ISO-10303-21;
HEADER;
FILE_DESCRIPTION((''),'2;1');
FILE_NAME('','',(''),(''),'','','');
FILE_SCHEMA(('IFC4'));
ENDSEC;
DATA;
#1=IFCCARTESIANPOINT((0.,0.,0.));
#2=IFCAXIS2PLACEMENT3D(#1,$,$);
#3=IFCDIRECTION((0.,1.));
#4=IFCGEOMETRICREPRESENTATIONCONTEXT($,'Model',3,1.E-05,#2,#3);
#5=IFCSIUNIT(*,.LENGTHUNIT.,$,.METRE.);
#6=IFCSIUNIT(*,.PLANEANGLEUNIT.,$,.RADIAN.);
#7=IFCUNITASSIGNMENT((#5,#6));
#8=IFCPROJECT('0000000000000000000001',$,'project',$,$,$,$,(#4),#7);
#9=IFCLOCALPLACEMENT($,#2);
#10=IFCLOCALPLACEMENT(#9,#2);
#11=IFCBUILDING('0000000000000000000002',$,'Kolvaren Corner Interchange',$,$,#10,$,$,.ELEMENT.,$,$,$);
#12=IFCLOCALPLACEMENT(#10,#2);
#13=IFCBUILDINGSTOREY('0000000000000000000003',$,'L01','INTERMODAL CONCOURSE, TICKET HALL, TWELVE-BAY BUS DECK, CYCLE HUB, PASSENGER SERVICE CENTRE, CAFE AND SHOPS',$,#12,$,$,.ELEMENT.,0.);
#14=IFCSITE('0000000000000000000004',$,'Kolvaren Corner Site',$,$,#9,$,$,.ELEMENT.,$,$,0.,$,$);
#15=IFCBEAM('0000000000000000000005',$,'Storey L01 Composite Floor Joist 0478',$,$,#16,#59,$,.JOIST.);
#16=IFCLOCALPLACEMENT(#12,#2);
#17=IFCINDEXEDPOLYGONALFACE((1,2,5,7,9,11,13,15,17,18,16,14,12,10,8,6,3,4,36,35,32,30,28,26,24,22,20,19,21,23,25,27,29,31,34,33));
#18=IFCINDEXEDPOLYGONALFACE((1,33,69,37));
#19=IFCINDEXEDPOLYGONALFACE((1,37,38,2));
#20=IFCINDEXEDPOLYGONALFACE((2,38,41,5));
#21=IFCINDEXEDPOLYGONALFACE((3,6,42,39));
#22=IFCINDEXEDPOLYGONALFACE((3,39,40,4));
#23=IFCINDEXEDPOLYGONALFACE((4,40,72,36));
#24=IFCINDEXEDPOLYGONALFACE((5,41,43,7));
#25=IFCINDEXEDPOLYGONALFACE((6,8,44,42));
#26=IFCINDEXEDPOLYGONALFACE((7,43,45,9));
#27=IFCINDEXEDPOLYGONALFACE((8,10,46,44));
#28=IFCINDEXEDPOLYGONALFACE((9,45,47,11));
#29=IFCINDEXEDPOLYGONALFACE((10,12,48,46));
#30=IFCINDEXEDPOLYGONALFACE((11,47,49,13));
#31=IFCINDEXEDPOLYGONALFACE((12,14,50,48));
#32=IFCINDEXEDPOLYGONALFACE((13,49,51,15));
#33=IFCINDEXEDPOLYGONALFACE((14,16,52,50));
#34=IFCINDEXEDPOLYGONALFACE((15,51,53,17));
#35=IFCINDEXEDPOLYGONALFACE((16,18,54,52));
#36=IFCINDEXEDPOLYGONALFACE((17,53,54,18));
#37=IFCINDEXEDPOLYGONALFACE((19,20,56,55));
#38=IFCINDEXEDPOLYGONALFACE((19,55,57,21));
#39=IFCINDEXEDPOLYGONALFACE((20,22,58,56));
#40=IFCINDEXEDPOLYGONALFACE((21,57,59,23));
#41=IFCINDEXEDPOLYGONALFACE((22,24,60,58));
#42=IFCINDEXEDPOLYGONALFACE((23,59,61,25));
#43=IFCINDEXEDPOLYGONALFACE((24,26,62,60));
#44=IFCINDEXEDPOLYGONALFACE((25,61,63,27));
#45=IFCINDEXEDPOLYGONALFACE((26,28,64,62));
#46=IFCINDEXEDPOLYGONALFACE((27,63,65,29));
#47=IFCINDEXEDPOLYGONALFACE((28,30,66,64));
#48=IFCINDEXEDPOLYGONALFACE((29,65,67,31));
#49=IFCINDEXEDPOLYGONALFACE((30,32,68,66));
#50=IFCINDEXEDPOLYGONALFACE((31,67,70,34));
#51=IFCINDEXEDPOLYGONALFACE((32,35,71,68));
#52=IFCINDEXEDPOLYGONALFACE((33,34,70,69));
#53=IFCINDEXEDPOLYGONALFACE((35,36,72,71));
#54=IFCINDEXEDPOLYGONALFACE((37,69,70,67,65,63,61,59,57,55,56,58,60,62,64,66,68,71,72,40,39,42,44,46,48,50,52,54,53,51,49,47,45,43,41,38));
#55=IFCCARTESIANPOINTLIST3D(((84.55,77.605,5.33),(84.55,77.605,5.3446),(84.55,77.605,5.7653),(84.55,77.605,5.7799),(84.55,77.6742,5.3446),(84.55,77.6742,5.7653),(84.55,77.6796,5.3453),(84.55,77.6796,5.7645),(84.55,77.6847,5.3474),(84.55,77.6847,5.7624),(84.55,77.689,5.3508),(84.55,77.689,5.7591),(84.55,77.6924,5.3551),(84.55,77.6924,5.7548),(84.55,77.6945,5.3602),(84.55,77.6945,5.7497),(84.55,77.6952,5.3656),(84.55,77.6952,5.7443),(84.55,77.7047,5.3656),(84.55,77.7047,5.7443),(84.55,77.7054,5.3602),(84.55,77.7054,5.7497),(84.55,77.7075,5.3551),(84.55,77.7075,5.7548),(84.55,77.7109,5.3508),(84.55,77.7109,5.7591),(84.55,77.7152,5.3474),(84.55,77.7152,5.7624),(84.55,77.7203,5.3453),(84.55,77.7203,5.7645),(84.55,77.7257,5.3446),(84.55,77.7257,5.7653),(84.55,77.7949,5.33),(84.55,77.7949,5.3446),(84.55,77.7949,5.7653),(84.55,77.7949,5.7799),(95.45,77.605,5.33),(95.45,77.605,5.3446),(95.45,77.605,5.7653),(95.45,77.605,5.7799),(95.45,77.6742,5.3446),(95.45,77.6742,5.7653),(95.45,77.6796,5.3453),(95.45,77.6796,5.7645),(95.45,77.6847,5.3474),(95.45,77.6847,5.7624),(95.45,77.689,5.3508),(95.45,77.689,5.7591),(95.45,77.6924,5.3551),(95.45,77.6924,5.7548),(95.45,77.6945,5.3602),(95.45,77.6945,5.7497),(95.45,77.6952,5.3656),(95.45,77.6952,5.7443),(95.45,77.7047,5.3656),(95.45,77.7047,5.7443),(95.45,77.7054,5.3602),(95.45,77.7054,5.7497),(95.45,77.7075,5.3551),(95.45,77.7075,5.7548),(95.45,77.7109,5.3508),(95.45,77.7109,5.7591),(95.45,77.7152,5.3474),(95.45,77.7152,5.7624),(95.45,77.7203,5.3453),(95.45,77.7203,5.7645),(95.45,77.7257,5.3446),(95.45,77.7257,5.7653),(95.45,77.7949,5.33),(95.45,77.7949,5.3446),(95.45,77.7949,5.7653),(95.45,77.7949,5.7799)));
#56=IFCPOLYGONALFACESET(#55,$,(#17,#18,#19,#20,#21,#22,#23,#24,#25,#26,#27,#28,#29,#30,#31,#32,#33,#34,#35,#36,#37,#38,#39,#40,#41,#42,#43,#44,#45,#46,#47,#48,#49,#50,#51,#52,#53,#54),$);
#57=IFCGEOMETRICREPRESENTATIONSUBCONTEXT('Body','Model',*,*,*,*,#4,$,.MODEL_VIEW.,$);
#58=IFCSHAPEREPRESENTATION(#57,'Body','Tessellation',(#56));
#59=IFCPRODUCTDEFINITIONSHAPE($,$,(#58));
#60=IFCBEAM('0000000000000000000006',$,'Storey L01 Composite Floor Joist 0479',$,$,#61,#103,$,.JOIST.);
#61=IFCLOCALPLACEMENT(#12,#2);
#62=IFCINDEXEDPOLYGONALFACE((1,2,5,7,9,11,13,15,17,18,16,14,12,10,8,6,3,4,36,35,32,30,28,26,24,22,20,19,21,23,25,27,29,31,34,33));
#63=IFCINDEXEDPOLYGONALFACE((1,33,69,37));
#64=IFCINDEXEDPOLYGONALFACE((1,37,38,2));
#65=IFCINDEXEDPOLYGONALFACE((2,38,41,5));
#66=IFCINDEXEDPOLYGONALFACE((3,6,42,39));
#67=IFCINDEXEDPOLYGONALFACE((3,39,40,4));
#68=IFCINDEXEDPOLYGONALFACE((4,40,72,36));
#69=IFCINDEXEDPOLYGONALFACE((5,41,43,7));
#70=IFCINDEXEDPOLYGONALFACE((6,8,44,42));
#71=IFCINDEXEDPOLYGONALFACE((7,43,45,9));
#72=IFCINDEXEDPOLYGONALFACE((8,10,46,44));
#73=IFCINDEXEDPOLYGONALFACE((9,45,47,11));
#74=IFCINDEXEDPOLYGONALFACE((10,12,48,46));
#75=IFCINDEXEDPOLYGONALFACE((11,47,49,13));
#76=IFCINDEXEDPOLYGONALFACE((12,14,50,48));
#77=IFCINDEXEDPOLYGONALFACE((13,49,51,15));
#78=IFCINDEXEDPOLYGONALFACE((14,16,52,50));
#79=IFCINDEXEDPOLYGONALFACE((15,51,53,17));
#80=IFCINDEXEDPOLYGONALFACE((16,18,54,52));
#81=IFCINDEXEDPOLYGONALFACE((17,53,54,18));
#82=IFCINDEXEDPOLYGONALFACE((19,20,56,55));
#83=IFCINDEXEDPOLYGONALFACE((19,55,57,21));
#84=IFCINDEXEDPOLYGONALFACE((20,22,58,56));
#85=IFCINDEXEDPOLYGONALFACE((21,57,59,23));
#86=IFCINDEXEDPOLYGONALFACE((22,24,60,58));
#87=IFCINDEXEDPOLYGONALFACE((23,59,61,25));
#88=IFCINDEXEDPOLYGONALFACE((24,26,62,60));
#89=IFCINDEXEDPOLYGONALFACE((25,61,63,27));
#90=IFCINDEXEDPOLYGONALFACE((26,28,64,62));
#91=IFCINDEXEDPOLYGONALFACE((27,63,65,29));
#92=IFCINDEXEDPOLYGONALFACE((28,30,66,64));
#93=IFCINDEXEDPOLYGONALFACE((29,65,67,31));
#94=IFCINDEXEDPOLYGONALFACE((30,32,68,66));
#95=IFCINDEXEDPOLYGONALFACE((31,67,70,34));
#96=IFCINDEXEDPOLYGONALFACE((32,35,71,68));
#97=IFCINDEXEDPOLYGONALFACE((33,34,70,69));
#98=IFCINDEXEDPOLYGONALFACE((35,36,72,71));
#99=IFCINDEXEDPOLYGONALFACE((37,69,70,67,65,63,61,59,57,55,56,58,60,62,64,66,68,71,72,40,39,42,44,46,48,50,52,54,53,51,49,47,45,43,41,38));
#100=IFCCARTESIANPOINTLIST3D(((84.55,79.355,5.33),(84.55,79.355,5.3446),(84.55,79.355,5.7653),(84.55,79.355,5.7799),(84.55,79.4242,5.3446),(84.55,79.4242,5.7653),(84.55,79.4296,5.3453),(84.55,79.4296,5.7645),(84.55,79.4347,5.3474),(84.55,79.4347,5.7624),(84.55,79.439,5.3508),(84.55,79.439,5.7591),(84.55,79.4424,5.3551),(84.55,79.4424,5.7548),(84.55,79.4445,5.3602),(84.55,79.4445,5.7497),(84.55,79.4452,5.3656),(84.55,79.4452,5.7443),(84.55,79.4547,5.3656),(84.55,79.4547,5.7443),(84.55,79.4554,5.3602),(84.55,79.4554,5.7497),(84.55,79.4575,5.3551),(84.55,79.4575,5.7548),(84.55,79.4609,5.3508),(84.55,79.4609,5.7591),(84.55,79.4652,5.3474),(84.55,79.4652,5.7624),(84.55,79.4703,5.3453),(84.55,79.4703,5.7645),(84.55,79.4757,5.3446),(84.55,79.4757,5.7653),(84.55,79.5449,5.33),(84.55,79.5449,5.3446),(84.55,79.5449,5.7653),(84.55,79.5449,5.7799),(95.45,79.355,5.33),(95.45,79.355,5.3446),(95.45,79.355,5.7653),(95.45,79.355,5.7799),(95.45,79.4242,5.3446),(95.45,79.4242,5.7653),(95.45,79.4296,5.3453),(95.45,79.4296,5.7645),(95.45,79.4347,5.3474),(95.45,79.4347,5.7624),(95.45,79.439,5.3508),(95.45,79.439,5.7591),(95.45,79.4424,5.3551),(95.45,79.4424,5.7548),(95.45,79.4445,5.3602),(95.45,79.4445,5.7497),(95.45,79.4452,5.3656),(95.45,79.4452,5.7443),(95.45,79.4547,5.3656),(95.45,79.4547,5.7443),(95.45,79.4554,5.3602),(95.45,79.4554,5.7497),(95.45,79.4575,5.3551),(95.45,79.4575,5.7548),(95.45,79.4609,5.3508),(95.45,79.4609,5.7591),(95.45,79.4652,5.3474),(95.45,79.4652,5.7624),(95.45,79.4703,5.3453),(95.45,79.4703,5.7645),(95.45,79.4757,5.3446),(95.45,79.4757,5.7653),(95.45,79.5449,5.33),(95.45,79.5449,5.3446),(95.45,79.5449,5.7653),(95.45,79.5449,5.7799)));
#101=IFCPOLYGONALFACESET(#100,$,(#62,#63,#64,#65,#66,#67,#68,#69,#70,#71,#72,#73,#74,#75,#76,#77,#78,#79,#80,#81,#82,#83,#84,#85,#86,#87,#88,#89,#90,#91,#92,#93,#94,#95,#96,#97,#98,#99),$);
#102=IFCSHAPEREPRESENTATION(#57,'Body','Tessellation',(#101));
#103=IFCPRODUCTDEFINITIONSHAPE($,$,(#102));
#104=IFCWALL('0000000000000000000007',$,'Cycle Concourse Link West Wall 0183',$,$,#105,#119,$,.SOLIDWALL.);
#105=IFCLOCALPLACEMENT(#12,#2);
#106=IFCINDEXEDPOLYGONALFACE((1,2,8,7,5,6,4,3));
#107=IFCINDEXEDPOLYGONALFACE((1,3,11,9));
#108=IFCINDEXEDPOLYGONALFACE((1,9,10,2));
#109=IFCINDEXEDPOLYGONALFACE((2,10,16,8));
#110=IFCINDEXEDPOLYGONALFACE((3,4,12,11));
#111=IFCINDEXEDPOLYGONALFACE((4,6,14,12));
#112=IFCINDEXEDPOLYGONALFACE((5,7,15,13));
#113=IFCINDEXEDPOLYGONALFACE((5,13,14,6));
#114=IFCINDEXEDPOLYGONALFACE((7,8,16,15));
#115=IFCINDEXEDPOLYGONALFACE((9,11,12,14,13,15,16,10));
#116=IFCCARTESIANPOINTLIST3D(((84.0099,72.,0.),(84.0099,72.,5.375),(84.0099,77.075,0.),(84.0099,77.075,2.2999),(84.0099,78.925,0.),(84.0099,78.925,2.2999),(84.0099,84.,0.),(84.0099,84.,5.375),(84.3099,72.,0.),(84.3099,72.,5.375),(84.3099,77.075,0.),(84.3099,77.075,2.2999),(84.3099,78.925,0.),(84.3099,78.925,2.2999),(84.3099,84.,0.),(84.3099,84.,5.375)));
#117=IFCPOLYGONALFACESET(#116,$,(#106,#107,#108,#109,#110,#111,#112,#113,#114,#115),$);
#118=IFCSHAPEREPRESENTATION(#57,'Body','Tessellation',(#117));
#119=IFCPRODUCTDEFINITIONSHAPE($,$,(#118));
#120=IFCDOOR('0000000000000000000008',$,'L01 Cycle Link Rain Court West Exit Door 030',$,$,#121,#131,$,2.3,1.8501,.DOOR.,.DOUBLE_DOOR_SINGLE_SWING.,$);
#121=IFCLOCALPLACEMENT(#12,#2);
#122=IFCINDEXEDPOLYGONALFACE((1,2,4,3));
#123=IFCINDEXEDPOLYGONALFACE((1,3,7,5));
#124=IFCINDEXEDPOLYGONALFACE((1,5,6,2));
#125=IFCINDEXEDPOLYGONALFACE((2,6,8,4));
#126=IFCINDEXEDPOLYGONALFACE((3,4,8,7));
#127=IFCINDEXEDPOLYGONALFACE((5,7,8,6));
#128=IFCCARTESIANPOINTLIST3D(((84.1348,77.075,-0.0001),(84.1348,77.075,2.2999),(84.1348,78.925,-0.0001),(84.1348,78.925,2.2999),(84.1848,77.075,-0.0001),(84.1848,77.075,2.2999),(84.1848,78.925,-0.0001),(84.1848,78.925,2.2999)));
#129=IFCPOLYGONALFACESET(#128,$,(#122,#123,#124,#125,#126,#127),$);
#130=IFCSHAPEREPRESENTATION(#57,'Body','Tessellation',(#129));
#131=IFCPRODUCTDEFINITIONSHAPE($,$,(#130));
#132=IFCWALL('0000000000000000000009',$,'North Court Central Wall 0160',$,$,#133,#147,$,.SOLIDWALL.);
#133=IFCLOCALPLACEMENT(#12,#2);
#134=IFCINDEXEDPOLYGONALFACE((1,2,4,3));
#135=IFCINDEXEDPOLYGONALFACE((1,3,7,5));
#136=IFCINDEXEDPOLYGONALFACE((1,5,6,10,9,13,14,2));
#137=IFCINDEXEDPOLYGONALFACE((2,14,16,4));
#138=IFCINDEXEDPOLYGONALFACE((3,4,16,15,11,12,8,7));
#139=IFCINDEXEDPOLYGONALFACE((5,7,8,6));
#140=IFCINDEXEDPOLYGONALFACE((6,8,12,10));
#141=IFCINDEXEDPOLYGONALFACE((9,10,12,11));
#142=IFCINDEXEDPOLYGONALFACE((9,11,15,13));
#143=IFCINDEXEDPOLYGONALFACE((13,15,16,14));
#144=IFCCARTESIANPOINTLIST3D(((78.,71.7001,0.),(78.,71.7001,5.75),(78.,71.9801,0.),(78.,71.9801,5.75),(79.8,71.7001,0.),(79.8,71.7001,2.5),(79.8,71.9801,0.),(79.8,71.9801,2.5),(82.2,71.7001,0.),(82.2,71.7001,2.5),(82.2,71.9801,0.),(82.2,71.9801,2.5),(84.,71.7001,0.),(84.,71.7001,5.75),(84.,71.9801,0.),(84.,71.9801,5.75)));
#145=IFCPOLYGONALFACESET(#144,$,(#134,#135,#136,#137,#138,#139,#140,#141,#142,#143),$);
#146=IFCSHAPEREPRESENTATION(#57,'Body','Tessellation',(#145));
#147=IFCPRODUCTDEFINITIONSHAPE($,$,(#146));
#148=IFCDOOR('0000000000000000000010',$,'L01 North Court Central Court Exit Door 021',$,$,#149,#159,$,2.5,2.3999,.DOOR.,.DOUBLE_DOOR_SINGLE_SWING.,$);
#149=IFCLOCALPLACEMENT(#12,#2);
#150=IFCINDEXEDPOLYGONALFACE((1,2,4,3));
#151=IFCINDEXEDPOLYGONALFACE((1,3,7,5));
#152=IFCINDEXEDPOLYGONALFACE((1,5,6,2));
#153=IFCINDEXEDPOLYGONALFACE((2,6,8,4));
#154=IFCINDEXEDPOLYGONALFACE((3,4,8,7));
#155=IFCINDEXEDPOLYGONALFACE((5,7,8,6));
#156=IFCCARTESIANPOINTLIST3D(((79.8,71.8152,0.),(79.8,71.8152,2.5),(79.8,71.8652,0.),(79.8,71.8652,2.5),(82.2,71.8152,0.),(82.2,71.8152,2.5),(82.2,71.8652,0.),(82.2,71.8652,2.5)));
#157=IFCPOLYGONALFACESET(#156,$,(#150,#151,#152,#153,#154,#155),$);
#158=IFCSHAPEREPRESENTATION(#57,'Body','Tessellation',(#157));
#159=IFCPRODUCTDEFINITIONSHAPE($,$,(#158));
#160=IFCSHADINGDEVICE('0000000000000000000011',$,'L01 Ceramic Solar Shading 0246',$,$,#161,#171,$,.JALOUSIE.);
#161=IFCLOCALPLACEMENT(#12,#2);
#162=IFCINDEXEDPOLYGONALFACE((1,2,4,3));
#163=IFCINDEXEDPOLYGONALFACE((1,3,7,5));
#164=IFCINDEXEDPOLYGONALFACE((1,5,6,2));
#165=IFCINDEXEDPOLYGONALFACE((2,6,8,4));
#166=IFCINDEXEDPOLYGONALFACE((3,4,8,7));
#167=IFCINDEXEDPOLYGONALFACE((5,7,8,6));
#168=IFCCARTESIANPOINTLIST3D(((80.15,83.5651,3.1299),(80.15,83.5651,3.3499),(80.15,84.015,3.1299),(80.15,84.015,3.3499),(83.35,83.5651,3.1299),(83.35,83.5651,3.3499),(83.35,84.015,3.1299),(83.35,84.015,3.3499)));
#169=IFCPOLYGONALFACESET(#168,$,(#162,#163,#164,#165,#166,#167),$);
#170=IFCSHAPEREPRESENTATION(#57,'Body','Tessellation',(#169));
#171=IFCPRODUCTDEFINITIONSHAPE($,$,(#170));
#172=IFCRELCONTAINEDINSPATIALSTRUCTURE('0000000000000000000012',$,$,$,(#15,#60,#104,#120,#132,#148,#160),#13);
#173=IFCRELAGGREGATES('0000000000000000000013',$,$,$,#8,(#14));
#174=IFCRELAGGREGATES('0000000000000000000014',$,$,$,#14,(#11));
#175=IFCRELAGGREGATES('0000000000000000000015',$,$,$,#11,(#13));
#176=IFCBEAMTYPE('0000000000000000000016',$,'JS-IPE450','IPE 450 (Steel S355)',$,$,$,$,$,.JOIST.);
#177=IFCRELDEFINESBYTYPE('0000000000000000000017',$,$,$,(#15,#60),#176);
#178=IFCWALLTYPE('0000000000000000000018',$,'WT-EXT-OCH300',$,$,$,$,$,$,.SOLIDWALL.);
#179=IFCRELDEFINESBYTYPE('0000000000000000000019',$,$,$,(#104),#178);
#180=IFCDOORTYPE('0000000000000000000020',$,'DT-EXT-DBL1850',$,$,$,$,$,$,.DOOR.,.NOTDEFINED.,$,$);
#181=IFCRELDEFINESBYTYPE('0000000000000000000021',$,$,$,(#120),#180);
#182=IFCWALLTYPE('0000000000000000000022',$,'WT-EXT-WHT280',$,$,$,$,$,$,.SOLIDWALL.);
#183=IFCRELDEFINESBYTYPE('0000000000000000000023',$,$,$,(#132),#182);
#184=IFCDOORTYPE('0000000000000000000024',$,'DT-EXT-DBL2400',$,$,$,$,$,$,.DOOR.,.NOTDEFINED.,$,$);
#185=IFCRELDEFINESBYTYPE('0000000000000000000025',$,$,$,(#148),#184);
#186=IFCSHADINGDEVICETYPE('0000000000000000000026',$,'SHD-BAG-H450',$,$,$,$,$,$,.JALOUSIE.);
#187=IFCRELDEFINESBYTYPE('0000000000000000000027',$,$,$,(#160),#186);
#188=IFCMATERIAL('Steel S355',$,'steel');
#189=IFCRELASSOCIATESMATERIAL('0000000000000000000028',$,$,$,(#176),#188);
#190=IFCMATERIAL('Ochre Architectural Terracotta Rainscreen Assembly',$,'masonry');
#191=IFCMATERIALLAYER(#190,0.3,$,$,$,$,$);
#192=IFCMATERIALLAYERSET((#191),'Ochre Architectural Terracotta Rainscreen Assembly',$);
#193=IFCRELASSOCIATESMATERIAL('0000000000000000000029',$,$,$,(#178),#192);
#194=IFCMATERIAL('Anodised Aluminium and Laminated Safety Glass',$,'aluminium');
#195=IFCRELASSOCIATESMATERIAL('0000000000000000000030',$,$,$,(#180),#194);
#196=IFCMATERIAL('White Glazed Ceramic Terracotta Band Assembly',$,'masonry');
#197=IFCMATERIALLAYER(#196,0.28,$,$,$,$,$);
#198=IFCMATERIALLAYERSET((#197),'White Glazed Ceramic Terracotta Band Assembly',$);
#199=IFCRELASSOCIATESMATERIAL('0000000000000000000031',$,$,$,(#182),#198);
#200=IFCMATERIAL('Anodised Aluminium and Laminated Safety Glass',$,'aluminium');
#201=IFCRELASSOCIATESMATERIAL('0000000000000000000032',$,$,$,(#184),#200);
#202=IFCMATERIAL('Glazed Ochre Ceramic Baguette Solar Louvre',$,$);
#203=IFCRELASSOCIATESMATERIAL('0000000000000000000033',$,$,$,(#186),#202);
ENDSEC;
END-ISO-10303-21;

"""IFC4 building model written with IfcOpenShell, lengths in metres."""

from ifc_helpers import new_model, si_unit, direction, frame, frame_2d, origin, origin_2d, place, context, subcontext, project, spatial, rectangle, i_section, extrude, material, layer, layer_set, material_profile, profile_set, type_object, element, fill, save


model = new_model("IFC4")

# Units and contexts
model_context = context("Model", 3, precision=1e-05, world=origin(), true_north=direction((0.0, 1.0)))
body_context = subcontext(model_context, "Body", "Model", "MODEL_VIEW")
ifc_project = project(units=[si_unit("LENGTHUNIT", "METRE"), si_unit("PLANEANGLEUNIT", "RADIAN")], contexts=[model_context])

# Site, building, storey
site_placement = place(None, origin())
site = spatial("IfcSite", under=ifc_project, at=site_placement, Name="Kolvaren Corner Site", CompositionType="ELEMENT", RefElevation=0.0)
building_placement = place(site_placement, origin())
building = spatial("IfcBuilding", under=site, at=building_placement, Name="Kolvaren Corner Interchange", CompositionType="ELEMENT")
storey_placement = place(building_placement, origin())
storey = spatial("IfcBuildingStorey", under=building, at=storey_placement, Name="L01", Description="INTERMODAL CONCOURSE, TICKET HALL, TWELVE-BAY BUS DECK, CYCLE HUB, PASSENGER SERVICE CENTRE, CAFE AND SHOPS", CompositionType="ELEMENT", Elevation=0.0)

# Beams
ifc_material_1 = material(Name="Steel S355", Category="steel")
ifc_material_profile_1 = material_profile(ifc_material_1, i_section(OverallWidth=0.1899, OverallDepth=0.45, WebThickness=0.0095, FlangeThickness=0.0146, FilletRadius=0.021, at=origin_2d()), Name="IPE 450")
ifc_profile_set_1 = profile_set([ifc_material_profile_1], Name="Steel S355")
beam_type_1 = type_object("IfcBeamType", Name="JS-IPE450", Description="IPE 450 (Steel S355)", PredefinedType="JOIST", material=ifc_profile_set_1)
for number, where, z_axis, x_axis, name in (
    (1, (84.55, 77.7, 5.5549), (1.0, 0.0, 0.0), (0.0, 1.0, 0.0), "Storey L01 Composite Floor Joist 0478"),
    (2, (84.55, 79.45, 5.5549), (1.0, 0.0, 0.0), (0.0, 1.0, 0.0), "Storey L01 Composite Floor Joist 0479"),
):
    element("IfcBeam", number, at=place(storey_placement, frame(where, z_axis=z_axis, x_axis=x_axis)), inside=storey, type_object=beam_type_1, Name=name, PredefinedType="JOIST", context=body_context, shape_type="SweptSolid", body=[
        extrude(i_section(OverallWidth=0.1899, OverallDepth=0.45, WebThickness=0.0095, FlangeThickness=0.0146, FilletRadius=0.021, at=origin_2d()), origin(), (0.0, 0.0, 1.0), 10.8999),
    ])

# Walls, openings, doors
ifc_material_2 = material(Name="Ochre Architectural Terracotta Rainscreen Assembly", Category="masonry")
ifc_layer_1 = layer(ifc_material_2, 0.3)
ifc_layer_set_1 = layer_set([ifc_layer_1], Name="Ochre Architectural Terracotta Rainscreen Assembly")
wall_type_1 = type_object("IfcWallType", Name="WT-EXT-OCH300", PredefinedType="SOLIDWALL", material=ifc_layer_set_1)
wall_1_placement = place(storey_placement, frame((84.1599, 84.0, 0.0), z_axis=(0.0, 0.0, 1.0), x_axis=(0.0, -1.0, 0.0)))
wall_1 = element("IfcWall", 3, at=wall_1_placement, inside=storey, type_object=wall_type_1, Name="Cycle Concourse Link West Wall 0183", PredefinedType="SOLIDWALL", context=body_context, shape_type="SweptSolid", body=[
    extrude(rectangle(XDim=12.0, YDim=0.3, at=frame_2d((6.0, 0.0))), origin(), (0.0, 0.0, 1.0), 5.375),
])
opening_1_placement = place(wall_1_placement, frame((5.075, 0.0, 0.0)))
opening_1 = element("IfcOpeningElement", 4, at=opening_1_placement, cuts=wall_1, PredefinedType="OPENING", context=body_context, shape_type="SweptSolid", body=[
    extrude(rectangle(XDim=1.8501, YDim=2.3, at=frame_2d((0.925, 1.1499))), frame((0.0, 0.1599, 0.0), z_axis=(0.0, -1.0, 0.0), x_axis=(1.0, 0.0, 0.0)), (0.0, 0.0, 1.0), 0.3201),
])
ifc_material_3 = material(Name="Anodised Aluminium and Laminated Safety Glass", Category="aluminium")
door_type_1 = type_object("IfcDoorType", Name="DT-EXT-DBL1850", OperationType="NOTDEFINED", PredefinedType="DOOR", material=ifc_material_3)
door_1_placement = place(opening_1_placement, origin())
door_1 = element("IfcDoor", 5, at=door_1_placement, inside=storey, type_object=door_type_1, Name="L01 Cycle Link Rain Court West Exit Door 030", OperationType="DOUBLE_DOOR_SINGLE_SWING", OverallHeight=2.3, OverallWidth=1.8501, PredefinedType="DOOR", context=body_context, shape_type="SweptSolid", body=[
    extrude(rectangle(XDim=1.8501, YDim=2.3, at=frame_2d((0.925, 1.1499))), frame((0.0, 0.0249, 0.0), z_axis=(0.0, -1.0, 0.0), x_axis=(1.0, 0.0, 0.0)), (0.0, 0.0, 1.0), 0.05),
])
fill(opening_1, door_1)
ifc_material_4 = material(Name="White Glazed Ceramic Terracotta Band Assembly", Category="masonry")
ifc_layer_2 = layer(ifc_material_4, 0.28)
ifc_layer_set_2 = layer_set([ifc_layer_2], Name="White Glazed Ceramic Terracotta Band Assembly")
wall_type_2 = type_object("IfcWallType", Name="WT-EXT-WHT280", PredefinedType="SOLIDWALL", material=ifc_layer_set_2)
wall_2_placement = place(storey_placement, frame((84.0, 71.8401, 0.0), z_axis=(0.0, 0.0, 1.0), x_axis=(-1.0, 0.0, 0.0)))
wall_2 = element("IfcWall", 6, at=wall_2_placement, inside=storey, type_object=wall_type_2, Name="North Court Central Wall 0160", PredefinedType="SOLIDWALL", context=body_context, shape_type="SweptSolid", body=[
    extrude(rectangle(XDim=6.0, YDim=0.28, at=frame_2d((3.0, 0.0))), origin(), (0.0, 0.0, 1.0), 5.75),
])
opening_2_placement = place(wall_2_placement, frame((1.8, 0.0, 0.0)))
opening_2 = element("IfcOpeningElement", 7, at=opening_2_placement, cuts=wall_2, PredefinedType="OPENING", context=body_context, shape_type="SweptSolid", body=[
    extrude(rectangle(XDim=2.3999, YDim=2.5, at=frame_2d((1.2, 1.25))), frame((0.0, 0.1499, 0.0), z_axis=(0.0, -1.0, 0.0), x_axis=(1.0, 0.0, 0.0)), (0.0, 0.0, 1.0), 0.3),
])
ifc_material_5 = material(Name="Anodised Aluminium and Laminated Safety Glass", Category="aluminium")
door_type_2 = type_object("IfcDoorType", Name="DT-EXT-DBL2400", OperationType="NOTDEFINED", PredefinedType="DOOR", material=ifc_material_5)
door_2_placement = place(opening_2_placement, origin())
door_2 = element("IfcDoor", 8, at=door_2_placement, inside=storey, type_object=door_type_2, Name="L01 North Court Central Court Exit Door 021", OperationType="DOUBLE_DOOR_SINGLE_SWING", OverallHeight=2.5, OverallWidth=2.3999, PredefinedType="DOOR", context=body_context, shape_type="SweptSolid", body=[
    extrude(rectangle(XDim=2.3999, YDim=2.5, at=frame_2d((1.2, 1.25))), frame((0.0, 0.0249, 0.0), z_axis=(0.0, -1.0, 0.0), x_axis=(1.0, 0.0, 0.0)), (0.0, 0.0, 1.0), 0.05),
])
fill(opening_2, door_2)

# Shading device
ifc_material_6 = material(Name="Glazed Ochre Ceramic Baguette Solar Louvre")
shading_device_type_1 = type_object("IfcShadingDeviceType", Name="SHD-BAG-H450", PredefinedType="JALOUSIE", material=ifc_material_6)
shading_device_placement = place(storey_placement, frame((81.75, 83.79, 3.1299), z_axis=(0.0, 0.0, 1.0), x_axis=(1.0, 0.0, 0.0)))
element("IfcShadingDevice", 9, at=shading_device_placement, inside=storey, type_object=shading_device_type_1, Name="L01 Ceramic Solar Shading 0246", PredefinedType="JALOUSIE", context=body_context, shape_type="SweptSolid", body=[
    extrude(rectangle(XDim=3.2, YDim=0.45, at=origin_2d()), origin(), (0.0, 0.0, 1.0), 0.22),
])

save(model, "model.ifc")
